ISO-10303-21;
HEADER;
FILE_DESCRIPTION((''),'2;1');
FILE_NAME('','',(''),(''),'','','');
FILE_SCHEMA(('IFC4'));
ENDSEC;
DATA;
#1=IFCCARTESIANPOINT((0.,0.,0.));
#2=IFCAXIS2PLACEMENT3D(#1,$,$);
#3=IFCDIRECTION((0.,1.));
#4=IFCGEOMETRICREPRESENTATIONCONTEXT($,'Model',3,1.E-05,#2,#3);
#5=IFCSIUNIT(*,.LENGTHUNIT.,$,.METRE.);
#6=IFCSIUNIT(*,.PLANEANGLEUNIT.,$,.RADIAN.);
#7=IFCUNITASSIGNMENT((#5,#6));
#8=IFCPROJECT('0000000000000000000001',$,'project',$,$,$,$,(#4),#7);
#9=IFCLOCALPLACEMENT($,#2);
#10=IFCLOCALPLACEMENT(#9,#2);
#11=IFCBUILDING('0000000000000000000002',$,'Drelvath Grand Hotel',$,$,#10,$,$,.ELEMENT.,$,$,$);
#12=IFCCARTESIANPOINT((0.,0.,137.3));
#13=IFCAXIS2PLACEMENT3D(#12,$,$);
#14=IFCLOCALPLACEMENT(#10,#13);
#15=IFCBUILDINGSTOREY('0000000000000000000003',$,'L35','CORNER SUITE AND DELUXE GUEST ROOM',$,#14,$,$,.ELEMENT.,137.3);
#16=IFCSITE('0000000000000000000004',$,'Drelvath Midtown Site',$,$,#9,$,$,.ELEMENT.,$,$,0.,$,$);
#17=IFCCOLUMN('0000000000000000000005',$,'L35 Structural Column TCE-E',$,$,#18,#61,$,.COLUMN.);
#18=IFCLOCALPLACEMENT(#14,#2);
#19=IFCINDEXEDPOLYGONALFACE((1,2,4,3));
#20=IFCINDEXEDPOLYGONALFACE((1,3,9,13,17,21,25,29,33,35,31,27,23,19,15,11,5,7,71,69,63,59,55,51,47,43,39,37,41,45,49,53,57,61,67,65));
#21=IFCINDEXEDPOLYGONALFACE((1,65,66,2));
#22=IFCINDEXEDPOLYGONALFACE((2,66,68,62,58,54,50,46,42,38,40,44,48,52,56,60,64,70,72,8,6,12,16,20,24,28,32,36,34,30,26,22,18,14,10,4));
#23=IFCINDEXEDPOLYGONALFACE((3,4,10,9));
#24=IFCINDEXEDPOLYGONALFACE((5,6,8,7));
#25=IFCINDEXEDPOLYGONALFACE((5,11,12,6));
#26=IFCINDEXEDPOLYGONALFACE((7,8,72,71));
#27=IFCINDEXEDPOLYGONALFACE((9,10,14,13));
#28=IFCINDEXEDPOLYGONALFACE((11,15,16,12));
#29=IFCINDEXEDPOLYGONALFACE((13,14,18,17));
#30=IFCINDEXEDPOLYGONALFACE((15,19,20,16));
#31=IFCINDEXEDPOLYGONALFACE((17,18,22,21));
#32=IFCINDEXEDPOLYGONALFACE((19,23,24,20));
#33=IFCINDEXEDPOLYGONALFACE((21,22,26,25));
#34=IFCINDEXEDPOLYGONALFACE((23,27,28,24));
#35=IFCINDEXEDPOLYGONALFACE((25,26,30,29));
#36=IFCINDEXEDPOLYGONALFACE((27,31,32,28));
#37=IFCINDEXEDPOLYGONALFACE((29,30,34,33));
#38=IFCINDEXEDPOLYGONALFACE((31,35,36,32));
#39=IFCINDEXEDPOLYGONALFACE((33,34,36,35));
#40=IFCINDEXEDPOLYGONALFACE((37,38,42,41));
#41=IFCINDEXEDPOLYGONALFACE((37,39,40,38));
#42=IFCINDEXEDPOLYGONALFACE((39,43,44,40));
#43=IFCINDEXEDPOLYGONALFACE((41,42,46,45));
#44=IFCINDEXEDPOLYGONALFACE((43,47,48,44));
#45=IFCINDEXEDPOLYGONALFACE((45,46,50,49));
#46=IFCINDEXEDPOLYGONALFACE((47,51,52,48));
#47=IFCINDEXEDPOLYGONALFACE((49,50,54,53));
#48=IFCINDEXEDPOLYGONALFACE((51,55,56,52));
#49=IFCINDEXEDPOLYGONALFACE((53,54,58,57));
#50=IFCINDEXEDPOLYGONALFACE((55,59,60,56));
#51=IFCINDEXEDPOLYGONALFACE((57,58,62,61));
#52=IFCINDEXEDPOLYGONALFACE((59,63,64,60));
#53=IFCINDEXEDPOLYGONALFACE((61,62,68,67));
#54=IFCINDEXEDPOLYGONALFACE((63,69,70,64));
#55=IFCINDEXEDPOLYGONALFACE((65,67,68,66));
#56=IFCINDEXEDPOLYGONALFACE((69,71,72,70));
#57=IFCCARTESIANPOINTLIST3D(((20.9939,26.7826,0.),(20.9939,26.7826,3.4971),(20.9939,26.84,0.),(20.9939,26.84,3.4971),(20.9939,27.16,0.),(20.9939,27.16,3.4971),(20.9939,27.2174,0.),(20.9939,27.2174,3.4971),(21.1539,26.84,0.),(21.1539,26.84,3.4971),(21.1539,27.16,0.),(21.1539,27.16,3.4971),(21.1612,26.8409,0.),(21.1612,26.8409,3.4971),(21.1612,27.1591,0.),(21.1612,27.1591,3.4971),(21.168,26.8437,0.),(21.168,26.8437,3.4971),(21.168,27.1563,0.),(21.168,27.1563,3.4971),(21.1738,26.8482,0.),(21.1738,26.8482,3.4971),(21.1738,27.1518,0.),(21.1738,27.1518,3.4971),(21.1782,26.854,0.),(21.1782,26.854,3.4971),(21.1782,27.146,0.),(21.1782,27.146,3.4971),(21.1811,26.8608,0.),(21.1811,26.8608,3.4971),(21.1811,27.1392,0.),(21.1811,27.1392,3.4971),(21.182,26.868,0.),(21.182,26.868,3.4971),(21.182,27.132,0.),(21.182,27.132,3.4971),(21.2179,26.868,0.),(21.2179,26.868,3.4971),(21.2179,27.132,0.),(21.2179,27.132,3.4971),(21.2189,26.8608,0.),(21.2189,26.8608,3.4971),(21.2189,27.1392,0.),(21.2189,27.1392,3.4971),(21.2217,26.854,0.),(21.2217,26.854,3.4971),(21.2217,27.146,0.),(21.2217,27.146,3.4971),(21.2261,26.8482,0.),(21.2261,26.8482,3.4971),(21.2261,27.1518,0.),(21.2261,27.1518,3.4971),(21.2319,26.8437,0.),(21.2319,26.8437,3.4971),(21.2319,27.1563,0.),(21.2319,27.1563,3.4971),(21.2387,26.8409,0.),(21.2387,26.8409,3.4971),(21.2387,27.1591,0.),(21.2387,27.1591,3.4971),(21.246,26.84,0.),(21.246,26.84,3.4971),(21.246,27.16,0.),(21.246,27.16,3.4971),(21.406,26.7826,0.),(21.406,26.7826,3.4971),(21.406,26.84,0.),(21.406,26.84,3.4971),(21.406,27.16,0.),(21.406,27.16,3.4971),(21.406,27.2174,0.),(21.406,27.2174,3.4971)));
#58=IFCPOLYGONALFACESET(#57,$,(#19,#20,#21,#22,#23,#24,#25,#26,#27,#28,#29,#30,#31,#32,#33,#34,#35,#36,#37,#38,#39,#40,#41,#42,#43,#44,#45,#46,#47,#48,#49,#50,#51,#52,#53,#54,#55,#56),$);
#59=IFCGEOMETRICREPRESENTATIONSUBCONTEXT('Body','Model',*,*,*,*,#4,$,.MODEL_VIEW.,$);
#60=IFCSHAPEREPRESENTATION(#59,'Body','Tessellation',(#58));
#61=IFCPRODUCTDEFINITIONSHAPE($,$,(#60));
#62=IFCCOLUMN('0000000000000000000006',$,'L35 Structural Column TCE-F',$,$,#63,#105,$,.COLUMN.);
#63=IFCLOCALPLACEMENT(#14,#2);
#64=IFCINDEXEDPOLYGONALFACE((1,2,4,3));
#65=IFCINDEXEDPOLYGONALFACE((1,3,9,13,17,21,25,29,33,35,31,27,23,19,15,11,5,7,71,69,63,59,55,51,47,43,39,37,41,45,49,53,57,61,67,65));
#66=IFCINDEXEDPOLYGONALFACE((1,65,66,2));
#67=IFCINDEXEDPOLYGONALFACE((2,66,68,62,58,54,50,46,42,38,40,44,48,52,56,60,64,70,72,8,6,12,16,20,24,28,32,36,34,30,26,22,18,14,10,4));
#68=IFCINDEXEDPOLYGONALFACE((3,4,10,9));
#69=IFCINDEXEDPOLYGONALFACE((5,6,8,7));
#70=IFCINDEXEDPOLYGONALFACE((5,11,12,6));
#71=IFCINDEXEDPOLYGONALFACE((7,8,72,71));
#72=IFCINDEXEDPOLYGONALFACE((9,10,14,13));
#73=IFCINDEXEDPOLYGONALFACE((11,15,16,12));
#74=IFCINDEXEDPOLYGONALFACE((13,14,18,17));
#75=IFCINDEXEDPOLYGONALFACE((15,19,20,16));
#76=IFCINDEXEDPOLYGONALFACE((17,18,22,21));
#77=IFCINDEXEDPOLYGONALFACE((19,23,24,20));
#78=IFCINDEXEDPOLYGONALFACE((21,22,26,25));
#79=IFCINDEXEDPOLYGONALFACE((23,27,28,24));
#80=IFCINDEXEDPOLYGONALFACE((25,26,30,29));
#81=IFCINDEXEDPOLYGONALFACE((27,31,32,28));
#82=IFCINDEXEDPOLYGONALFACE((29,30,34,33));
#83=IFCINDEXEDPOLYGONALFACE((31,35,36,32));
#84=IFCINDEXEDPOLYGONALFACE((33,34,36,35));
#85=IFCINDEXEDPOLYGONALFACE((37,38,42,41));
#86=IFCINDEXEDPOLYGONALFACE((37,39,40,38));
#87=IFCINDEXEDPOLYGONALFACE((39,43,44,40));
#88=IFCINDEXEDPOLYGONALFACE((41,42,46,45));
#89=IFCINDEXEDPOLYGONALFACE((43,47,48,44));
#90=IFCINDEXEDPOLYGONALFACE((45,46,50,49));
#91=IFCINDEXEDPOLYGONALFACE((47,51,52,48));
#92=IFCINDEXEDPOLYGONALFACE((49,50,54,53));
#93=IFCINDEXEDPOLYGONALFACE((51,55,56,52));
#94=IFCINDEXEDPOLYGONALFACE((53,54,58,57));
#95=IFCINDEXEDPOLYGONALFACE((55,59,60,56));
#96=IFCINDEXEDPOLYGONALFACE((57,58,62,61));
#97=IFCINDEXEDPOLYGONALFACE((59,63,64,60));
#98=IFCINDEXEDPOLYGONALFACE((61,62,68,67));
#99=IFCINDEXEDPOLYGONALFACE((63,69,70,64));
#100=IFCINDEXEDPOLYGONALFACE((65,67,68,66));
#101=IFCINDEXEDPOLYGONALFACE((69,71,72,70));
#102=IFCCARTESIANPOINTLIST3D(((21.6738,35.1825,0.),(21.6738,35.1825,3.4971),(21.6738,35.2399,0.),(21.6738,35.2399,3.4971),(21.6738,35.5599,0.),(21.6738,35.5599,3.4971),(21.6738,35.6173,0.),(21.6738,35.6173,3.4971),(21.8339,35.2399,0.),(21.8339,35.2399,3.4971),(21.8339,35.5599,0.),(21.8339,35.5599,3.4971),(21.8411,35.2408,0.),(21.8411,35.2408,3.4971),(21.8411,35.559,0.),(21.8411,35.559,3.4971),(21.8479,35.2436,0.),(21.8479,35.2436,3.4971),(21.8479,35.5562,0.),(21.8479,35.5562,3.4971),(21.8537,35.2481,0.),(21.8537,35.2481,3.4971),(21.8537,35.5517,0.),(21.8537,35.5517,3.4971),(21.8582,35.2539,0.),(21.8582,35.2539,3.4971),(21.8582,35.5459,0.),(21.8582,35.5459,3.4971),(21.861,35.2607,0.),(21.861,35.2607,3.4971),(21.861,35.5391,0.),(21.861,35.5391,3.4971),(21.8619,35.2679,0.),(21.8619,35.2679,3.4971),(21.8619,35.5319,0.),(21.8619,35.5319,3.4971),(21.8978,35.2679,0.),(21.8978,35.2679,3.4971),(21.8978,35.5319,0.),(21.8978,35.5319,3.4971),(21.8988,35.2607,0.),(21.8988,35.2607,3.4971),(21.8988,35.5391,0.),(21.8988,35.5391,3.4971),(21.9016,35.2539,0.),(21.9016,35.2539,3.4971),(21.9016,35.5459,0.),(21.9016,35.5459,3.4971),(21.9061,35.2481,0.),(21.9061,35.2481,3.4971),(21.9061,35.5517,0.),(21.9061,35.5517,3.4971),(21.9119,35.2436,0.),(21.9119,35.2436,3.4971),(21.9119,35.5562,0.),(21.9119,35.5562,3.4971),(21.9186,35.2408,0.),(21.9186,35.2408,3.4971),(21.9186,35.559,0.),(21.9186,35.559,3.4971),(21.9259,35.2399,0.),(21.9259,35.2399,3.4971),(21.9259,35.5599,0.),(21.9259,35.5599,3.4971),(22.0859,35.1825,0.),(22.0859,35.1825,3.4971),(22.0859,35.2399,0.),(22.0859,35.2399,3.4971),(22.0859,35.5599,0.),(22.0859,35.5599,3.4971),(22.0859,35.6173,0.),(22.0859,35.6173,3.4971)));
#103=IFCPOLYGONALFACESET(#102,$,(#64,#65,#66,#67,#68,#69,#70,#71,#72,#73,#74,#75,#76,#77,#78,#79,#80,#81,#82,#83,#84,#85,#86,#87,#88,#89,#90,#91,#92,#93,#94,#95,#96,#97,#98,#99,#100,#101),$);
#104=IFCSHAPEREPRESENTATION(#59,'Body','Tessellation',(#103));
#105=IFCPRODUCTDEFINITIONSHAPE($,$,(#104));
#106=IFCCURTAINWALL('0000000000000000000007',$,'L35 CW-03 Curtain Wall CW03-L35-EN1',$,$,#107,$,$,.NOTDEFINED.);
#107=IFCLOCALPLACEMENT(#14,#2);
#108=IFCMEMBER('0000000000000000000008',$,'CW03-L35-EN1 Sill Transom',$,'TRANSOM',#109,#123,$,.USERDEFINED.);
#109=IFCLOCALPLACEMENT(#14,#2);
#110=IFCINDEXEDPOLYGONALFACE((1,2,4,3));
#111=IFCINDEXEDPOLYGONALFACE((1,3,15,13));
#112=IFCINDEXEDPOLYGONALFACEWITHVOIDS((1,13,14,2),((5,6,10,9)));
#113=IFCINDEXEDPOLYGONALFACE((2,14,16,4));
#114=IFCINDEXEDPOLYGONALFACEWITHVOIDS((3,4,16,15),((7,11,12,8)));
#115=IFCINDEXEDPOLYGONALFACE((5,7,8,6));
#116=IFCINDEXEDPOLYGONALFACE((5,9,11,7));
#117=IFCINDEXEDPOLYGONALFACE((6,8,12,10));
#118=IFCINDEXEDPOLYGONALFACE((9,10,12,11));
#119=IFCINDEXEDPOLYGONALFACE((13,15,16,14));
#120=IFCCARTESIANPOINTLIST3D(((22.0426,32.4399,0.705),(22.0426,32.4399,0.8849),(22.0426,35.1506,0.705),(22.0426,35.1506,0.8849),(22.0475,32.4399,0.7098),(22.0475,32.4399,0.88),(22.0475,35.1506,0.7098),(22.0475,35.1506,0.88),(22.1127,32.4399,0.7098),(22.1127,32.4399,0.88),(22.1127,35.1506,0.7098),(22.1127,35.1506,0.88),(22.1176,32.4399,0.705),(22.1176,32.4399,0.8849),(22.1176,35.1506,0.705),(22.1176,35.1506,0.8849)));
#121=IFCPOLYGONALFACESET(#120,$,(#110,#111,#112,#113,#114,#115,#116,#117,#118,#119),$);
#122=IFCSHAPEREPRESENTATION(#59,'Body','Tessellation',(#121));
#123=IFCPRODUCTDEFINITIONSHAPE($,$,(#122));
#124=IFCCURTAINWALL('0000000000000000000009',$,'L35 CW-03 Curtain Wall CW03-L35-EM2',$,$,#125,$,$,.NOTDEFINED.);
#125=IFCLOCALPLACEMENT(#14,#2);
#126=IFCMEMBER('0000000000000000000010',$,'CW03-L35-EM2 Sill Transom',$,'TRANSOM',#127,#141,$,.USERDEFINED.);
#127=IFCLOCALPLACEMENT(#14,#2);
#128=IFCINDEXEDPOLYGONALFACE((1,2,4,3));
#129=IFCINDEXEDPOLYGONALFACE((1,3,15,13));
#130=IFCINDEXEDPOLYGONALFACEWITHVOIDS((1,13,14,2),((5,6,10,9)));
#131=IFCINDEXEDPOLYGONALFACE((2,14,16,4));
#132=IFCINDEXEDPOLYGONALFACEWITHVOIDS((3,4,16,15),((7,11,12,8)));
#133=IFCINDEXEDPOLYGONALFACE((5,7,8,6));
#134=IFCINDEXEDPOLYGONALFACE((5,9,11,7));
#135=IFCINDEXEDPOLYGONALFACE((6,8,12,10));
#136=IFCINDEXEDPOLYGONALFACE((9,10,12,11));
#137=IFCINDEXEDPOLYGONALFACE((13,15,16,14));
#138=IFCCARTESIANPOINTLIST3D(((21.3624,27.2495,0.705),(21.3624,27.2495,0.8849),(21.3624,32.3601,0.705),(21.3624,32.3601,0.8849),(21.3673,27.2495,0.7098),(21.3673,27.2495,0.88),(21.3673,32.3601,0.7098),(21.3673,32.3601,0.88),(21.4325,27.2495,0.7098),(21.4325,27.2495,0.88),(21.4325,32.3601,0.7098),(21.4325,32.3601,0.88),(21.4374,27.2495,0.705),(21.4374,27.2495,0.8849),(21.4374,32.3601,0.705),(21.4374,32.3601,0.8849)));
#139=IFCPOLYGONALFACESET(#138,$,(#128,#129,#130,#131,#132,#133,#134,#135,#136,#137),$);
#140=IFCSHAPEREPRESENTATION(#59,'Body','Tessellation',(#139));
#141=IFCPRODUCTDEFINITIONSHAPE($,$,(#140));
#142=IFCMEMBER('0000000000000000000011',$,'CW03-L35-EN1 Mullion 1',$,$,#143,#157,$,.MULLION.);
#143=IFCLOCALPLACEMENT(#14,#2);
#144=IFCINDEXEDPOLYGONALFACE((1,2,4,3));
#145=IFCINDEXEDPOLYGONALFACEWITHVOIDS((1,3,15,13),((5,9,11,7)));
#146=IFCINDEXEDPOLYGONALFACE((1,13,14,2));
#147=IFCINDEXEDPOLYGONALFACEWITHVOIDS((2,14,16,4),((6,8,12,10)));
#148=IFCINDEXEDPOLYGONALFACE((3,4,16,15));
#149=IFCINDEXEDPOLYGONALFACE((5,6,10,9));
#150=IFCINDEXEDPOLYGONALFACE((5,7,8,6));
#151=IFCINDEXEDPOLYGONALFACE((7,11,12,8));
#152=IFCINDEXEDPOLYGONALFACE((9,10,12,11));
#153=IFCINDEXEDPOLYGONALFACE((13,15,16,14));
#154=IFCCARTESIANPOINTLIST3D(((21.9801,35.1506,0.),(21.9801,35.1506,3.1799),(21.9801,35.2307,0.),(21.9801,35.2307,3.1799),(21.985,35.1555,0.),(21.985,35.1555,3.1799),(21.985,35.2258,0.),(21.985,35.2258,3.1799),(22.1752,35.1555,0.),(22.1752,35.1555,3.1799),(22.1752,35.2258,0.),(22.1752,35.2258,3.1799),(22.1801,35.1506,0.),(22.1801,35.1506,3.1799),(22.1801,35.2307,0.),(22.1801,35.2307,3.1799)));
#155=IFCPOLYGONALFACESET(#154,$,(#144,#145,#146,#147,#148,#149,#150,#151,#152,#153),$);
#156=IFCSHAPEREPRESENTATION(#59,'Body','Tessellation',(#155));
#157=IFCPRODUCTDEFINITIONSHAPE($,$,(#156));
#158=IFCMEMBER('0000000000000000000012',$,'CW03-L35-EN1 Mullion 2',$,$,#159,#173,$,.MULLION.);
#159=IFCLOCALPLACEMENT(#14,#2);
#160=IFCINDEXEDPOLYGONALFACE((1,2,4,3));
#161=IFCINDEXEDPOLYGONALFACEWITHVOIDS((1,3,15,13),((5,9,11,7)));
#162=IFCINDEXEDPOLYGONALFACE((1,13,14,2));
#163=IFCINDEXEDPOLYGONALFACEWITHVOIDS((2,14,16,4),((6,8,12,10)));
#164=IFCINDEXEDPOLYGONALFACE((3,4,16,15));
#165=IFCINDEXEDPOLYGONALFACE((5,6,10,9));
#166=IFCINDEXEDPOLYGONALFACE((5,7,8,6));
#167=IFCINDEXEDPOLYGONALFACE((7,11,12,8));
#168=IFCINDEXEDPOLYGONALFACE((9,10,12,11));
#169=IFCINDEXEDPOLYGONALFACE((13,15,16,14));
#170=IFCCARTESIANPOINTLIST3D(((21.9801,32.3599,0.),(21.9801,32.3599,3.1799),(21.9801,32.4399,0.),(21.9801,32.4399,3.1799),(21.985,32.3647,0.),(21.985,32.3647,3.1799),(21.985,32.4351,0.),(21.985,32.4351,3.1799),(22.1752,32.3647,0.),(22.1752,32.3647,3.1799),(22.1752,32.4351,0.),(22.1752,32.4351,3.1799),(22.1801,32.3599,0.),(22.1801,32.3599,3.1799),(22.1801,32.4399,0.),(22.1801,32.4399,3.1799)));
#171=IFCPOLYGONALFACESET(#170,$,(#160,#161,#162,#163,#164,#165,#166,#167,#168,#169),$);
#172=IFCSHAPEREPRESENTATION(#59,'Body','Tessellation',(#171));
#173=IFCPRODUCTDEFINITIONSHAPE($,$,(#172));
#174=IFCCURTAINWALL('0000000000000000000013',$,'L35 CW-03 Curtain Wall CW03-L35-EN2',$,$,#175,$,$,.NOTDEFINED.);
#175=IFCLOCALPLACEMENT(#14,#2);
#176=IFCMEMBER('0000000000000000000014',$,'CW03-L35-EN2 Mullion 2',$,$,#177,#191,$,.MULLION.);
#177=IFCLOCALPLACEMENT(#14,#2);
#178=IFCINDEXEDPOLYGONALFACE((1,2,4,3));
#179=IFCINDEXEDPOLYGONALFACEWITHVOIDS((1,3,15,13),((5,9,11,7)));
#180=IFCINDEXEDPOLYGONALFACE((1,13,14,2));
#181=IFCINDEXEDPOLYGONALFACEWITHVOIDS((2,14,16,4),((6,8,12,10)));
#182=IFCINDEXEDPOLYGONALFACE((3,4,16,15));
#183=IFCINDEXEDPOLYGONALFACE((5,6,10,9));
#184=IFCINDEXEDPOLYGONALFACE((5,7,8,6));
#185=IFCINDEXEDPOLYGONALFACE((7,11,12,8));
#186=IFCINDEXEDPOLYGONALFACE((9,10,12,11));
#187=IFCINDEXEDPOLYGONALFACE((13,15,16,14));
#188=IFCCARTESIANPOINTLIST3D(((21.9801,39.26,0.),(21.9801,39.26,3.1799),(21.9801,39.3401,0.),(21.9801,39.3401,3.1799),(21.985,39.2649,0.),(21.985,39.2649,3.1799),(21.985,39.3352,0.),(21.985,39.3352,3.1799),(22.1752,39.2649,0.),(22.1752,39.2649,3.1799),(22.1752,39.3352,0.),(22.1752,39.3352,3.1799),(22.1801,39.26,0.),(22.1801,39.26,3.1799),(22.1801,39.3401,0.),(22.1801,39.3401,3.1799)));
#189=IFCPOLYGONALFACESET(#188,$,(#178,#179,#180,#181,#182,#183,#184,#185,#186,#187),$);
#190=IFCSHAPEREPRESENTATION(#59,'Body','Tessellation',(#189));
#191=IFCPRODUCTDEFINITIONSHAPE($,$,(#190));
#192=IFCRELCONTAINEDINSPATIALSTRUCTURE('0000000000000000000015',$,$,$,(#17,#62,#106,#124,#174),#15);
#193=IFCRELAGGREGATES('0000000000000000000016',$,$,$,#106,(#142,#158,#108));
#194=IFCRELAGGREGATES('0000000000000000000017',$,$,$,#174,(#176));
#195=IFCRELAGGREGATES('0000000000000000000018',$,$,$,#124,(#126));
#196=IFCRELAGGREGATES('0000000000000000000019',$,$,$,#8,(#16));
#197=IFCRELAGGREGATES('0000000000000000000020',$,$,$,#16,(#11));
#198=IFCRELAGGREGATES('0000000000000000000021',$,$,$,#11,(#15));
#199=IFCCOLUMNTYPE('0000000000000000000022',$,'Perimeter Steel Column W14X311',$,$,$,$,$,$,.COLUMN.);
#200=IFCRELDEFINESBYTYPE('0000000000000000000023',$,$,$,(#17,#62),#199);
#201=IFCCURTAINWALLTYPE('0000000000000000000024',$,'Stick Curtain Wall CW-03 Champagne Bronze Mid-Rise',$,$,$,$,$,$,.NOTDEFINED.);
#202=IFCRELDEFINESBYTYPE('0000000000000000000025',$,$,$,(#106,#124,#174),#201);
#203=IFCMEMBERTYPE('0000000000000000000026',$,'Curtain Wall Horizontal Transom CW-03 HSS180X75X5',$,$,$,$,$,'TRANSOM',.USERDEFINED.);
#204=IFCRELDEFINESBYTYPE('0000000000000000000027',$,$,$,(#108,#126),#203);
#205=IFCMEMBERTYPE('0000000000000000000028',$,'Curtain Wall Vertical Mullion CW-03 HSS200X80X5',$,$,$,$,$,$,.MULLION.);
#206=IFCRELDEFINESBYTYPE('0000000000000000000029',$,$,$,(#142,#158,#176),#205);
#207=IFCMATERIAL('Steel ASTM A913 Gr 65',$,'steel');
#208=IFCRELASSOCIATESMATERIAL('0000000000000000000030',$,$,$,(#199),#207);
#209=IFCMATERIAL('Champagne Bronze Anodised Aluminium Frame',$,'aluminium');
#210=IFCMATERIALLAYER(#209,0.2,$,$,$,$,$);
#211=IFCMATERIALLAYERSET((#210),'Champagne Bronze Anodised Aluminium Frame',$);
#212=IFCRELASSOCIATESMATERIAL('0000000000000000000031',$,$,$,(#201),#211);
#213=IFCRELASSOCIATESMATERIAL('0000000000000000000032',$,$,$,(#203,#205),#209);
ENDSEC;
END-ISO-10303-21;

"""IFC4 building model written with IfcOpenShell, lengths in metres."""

from ifc_helpers import new_model, si_unit, direction, frame, origin, origin_2d, place, context, subcontext, project, spatial, hollow_rectangle, i_section, extrude, material, layer, layer_set, material_profile, profile_set, type_object, element, aggregate, save


model = new_model("IFC4")

# Units and contexts
model_context = context("Model", 3, precision=1e-05, world=origin(), true_north=direction((0.0, 1.0)))
body_context = subcontext(model_context, "Body", "Model", "MODEL_VIEW")
ifc_project = project(units=[si_unit("LENGTHUNIT", "METRE"), si_unit("PLANEANGLEUNIT", "RADIAN")], contexts=[model_context])

# Site, building, storey
site_placement = place(None, origin())
site = spatial("IfcSite", under=ifc_project, at=site_placement, Name="Drelvath Midtown Site", CompositionType="ELEMENT", RefElevation=0.0)
building_placement = place(site_placement, origin())
building = spatial("IfcBuilding", under=site, at=building_placement, Name="Drelvath Grand Hotel", CompositionType="ELEMENT")
storey_placement = place(building_placement, frame((0.0, 0.0, 137.3)))
storey = spatial("IfcBuildingStorey", under=building, at=storey_placement, Name="L35", Description="CORNER SUITE AND DELUXE GUEST ROOM", CompositionType="ELEMENT", Elevation=137.3)

# Columns
ifc_material_1 = material(Name="Steel ASTM A913 Gr 65", Category="steel")
ifc_material_profile_1 = material_profile(ifc_material_1, i_section(OverallWidth=0.4121, OverallDepth=0.4348, WebThickness=0.0359, FlangeThickness=0.0574, FilletRadius=0.0281, at=origin_2d()), Name="W14X311")
ifc_profile_set_1 = profile_set([ifc_material_profile_1], Name="Steel ASTM A913 Gr 65")
column_type = type_object("IfcColumnType", Name="Perimeter Steel Column W14X311", PredefinedType="COLUMN", material=ifc_profile_set_1)
for number, where, z_axis, x_axis, name in (
    (1, (21.2, 27.0, 0.0), (0.0, 0.0, 1.0), (1.0, 0.0, 0.0), "L35 Structural Column TCE-E"),
    (2, (21.8799, 35.3999, 0.0), (0.0, 0.0, 1.0), (1.0, 0.0, 0.0), "L35 Structural Column TCE-F"),
):
    element("IfcColumn", number, at=place(storey_placement, frame(where, z_axis=z_axis, x_axis=x_axis)), inside=storey, type_object=column_type, Name=name, PredefinedType="COLUMN", context=body_context, shape_type="SweptSolid", body=[
        extrude(i_section(OverallWidth=0.4121, OverallDepth=0.4348, WebThickness=0.0359, FlangeThickness=0.0574, FilletRadius=0.0281, at=origin_2d()), origin(), (0.0, 0.0, 1.0), 3.4971),
    ])

# Curtain walls, members
ifc_material_2 = material(Name="Champagne Bronze Anodised Aluminium Frame", Category="aluminium")
ifc_layer_1 = layer(ifc_material_2, 0.2)
ifc_layer_set_1 = layer_set([ifc_layer_1], Name="Champagne Bronze Anodised Aluminium Frame")
curtain_wall_type = type_object("IfcCurtainWallType", Name="Stick Curtain Wall CW-03 Champagne Bronze Mid-Rise", PredefinedType="NOTDEFINED", material=ifc_layer_set_1)
curtain_wall_1_placement = place(storey_placement, origin())
curtain_wall_1 = element("IfcCurtainWall", 3, at=curtain_wall_1_placement, inside=storey, type_object=curtain_wall_type, Name="L35 CW-03 Curtain Wall CW03-L35-EN1", PredefinedType="NOTDEFINED")
ifc_material_profile_2 = material_profile(ifc_material_2, hollow_rectangle(XDim=0.075, YDim=0.1799, WallThickness=0.0049, at=origin_2d()), Name="HSS180X75X5")
ifc_profile_set_2 = profile_set([ifc_material_profile_2], Name="Champagne Bronze Anodised Aluminium Frame")
member_type_1 = type_object("IfcMemberType", Name="Curtain Wall Horizontal Transom CW-03 HSS180X75X5", ElementType="TRANSOM", PredefinedType="USERDEFINED", material=ifc_profile_set_2)
member_1_placement = place(storey_placement, frame((22.0801, 35.1506, 0.7949), z_axis=(0.0, -1.0, 0.0), x_axis=(1.0, 0.0, 0.0)))
member_1 = element("IfcMember", 4, at=member_1_placement, type_object=member_type_1, Name="CW03-L35-EN1 Sill Transom", ObjectType="TRANSOM", PredefinedType="USERDEFINED", context=body_context, shape_type="SweptSolid", body=[
    extrude(hollow_rectangle(XDim=0.075, YDim=0.1799, WallThickness=0.0049, at=origin_2d()), origin(), (0.0, 0.0, 1.0), 2.7107),
])
curtain_wall_2_placement = place(storey_placement, origin())
curtain_wall_2 = element("IfcCurtainWall", 5, at=curtain_wall_2_placement, inside=storey, type_object=curtain_wall_type, Name="L35 CW-03 Curtain Wall CW03-L35-EM2", PredefinedType="NOTDEFINED")
member_2_placement = place(storey_placement, frame((21.3999, 32.3601, 0.7949), z_axis=(0.0, -1.0, 0.0), x_axis=(1.0, 0.0, 0.0)))
member_2 = element("IfcMember", 6, at=member_2_placement, type_object=member_type_1, Name="CW03-L35-EM2 Sill Transom", ObjectType="TRANSOM", PredefinedType="USERDEFINED", context=body_context, shape_type="SweptSolid", body=[
    extrude(hollow_rectangle(XDim=0.075, YDim=0.1799, WallThickness=0.0049, at=origin_2d()), origin(), (0.0, 0.0, 1.0), 5.1106),
])

# Members
ifc_material_profile_3 = material_profile(ifc_material_2, hollow_rectangle(XDim=0.0801, YDim=0.2, WallThickness=0.0049, at=origin_2d()), Name="HSS200X80X5")
ifc_profile_set_3 = profile_set([ifc_material_profile_3], Name="Champagne Bronze Anodised Aluminium Frame")
member_type_2 = type_object("IfcMemberType", Name="Curtain Wall Vertical Mullion CW-03 HSS200X80X5", PredefinedType="MULLION", material=ifc_profile_set_3)
member_3_placement = place(storey_placement, frame((22.0801, 35.1907, 0.0), z_axis=(0.0, 0.0, 1.0), x_axis=(0.0, 1.0, 0.0)))
member_3 = element("IfcMember", 7, at=member_3_placement, type_object=member_type_2, Name="CW03-L35-EN1 Mullion 1", PredefinedType="MULLION", context=body_context, shape_type="SweptSolid", body=[
    extrude(hollow_rectangle(XDim=0.0801, YDim=0.2, WallThickness=0.0049, at=origin_2d()), origin(), (0.0, 0.0, 1.0), 3.1799),
])
member_4_placement = place(storey_placement, frame((22.0801, 32.3999, 0.0), z_axis=(0.0, 0.0, 1.0), x_axis=(0.0, 1.0, 0.0)))
member_4 = element("IfcMember", 8, at=member_4_placement, type_object=member_type_2, Name="CW03-L35-EN1 Mullion 2", PredefinedType="MULLION", context=body_context, shape_type="SweptSolid", body=[
    extrude(hollow_rectangle(XDim=0.0801, YDim=0.2, WallThickness=0.0049, at=origin_2d()), origin(), (0.0, 0.0, 1.0), 3.1799),
])

# Curtain wall, member
curtain_wall_3_placement = place(storey_placement, origin())
curtain_wall_3 = element("IfcCurtainWall", 9, at=curtain_wall_3_placement, inside=storey, type_object=curtain_wall_type, Name="L35 CW-03 Curtain Wall CW03-L35-EN2", PredefinedType="NOTDEFINED")
member_5_placement = place(storey_placement, frame((22.0801, 39.3, 0.0), z_axis=(0.0, 0.0, 1.0), x_axis=(0.0, 1.0, 0.0)))
member_5 = element("IfcMember", 10, at=member_5_placement, type_object=member_type_2, Name="CW03-L35-EN2 Mullion 2", PredefinedType="MULLION", context=body_context, shape_type="SweptSolid", body=[
    extrude(hollow_rectangle(XDim=0.0801, YDim=0.2, WallThickness=0.0049, at=origin_2d()), origin(), (0.0, 0.0, 1.0), 3.1799),
])

aggregate(curtain_wall_1, [member_3, member_4, member_1])
aggregate(curtain_wall_3, [member_5])
aggregate(curtain_wall_2, [member_2])

save(model, "model.ifc")
